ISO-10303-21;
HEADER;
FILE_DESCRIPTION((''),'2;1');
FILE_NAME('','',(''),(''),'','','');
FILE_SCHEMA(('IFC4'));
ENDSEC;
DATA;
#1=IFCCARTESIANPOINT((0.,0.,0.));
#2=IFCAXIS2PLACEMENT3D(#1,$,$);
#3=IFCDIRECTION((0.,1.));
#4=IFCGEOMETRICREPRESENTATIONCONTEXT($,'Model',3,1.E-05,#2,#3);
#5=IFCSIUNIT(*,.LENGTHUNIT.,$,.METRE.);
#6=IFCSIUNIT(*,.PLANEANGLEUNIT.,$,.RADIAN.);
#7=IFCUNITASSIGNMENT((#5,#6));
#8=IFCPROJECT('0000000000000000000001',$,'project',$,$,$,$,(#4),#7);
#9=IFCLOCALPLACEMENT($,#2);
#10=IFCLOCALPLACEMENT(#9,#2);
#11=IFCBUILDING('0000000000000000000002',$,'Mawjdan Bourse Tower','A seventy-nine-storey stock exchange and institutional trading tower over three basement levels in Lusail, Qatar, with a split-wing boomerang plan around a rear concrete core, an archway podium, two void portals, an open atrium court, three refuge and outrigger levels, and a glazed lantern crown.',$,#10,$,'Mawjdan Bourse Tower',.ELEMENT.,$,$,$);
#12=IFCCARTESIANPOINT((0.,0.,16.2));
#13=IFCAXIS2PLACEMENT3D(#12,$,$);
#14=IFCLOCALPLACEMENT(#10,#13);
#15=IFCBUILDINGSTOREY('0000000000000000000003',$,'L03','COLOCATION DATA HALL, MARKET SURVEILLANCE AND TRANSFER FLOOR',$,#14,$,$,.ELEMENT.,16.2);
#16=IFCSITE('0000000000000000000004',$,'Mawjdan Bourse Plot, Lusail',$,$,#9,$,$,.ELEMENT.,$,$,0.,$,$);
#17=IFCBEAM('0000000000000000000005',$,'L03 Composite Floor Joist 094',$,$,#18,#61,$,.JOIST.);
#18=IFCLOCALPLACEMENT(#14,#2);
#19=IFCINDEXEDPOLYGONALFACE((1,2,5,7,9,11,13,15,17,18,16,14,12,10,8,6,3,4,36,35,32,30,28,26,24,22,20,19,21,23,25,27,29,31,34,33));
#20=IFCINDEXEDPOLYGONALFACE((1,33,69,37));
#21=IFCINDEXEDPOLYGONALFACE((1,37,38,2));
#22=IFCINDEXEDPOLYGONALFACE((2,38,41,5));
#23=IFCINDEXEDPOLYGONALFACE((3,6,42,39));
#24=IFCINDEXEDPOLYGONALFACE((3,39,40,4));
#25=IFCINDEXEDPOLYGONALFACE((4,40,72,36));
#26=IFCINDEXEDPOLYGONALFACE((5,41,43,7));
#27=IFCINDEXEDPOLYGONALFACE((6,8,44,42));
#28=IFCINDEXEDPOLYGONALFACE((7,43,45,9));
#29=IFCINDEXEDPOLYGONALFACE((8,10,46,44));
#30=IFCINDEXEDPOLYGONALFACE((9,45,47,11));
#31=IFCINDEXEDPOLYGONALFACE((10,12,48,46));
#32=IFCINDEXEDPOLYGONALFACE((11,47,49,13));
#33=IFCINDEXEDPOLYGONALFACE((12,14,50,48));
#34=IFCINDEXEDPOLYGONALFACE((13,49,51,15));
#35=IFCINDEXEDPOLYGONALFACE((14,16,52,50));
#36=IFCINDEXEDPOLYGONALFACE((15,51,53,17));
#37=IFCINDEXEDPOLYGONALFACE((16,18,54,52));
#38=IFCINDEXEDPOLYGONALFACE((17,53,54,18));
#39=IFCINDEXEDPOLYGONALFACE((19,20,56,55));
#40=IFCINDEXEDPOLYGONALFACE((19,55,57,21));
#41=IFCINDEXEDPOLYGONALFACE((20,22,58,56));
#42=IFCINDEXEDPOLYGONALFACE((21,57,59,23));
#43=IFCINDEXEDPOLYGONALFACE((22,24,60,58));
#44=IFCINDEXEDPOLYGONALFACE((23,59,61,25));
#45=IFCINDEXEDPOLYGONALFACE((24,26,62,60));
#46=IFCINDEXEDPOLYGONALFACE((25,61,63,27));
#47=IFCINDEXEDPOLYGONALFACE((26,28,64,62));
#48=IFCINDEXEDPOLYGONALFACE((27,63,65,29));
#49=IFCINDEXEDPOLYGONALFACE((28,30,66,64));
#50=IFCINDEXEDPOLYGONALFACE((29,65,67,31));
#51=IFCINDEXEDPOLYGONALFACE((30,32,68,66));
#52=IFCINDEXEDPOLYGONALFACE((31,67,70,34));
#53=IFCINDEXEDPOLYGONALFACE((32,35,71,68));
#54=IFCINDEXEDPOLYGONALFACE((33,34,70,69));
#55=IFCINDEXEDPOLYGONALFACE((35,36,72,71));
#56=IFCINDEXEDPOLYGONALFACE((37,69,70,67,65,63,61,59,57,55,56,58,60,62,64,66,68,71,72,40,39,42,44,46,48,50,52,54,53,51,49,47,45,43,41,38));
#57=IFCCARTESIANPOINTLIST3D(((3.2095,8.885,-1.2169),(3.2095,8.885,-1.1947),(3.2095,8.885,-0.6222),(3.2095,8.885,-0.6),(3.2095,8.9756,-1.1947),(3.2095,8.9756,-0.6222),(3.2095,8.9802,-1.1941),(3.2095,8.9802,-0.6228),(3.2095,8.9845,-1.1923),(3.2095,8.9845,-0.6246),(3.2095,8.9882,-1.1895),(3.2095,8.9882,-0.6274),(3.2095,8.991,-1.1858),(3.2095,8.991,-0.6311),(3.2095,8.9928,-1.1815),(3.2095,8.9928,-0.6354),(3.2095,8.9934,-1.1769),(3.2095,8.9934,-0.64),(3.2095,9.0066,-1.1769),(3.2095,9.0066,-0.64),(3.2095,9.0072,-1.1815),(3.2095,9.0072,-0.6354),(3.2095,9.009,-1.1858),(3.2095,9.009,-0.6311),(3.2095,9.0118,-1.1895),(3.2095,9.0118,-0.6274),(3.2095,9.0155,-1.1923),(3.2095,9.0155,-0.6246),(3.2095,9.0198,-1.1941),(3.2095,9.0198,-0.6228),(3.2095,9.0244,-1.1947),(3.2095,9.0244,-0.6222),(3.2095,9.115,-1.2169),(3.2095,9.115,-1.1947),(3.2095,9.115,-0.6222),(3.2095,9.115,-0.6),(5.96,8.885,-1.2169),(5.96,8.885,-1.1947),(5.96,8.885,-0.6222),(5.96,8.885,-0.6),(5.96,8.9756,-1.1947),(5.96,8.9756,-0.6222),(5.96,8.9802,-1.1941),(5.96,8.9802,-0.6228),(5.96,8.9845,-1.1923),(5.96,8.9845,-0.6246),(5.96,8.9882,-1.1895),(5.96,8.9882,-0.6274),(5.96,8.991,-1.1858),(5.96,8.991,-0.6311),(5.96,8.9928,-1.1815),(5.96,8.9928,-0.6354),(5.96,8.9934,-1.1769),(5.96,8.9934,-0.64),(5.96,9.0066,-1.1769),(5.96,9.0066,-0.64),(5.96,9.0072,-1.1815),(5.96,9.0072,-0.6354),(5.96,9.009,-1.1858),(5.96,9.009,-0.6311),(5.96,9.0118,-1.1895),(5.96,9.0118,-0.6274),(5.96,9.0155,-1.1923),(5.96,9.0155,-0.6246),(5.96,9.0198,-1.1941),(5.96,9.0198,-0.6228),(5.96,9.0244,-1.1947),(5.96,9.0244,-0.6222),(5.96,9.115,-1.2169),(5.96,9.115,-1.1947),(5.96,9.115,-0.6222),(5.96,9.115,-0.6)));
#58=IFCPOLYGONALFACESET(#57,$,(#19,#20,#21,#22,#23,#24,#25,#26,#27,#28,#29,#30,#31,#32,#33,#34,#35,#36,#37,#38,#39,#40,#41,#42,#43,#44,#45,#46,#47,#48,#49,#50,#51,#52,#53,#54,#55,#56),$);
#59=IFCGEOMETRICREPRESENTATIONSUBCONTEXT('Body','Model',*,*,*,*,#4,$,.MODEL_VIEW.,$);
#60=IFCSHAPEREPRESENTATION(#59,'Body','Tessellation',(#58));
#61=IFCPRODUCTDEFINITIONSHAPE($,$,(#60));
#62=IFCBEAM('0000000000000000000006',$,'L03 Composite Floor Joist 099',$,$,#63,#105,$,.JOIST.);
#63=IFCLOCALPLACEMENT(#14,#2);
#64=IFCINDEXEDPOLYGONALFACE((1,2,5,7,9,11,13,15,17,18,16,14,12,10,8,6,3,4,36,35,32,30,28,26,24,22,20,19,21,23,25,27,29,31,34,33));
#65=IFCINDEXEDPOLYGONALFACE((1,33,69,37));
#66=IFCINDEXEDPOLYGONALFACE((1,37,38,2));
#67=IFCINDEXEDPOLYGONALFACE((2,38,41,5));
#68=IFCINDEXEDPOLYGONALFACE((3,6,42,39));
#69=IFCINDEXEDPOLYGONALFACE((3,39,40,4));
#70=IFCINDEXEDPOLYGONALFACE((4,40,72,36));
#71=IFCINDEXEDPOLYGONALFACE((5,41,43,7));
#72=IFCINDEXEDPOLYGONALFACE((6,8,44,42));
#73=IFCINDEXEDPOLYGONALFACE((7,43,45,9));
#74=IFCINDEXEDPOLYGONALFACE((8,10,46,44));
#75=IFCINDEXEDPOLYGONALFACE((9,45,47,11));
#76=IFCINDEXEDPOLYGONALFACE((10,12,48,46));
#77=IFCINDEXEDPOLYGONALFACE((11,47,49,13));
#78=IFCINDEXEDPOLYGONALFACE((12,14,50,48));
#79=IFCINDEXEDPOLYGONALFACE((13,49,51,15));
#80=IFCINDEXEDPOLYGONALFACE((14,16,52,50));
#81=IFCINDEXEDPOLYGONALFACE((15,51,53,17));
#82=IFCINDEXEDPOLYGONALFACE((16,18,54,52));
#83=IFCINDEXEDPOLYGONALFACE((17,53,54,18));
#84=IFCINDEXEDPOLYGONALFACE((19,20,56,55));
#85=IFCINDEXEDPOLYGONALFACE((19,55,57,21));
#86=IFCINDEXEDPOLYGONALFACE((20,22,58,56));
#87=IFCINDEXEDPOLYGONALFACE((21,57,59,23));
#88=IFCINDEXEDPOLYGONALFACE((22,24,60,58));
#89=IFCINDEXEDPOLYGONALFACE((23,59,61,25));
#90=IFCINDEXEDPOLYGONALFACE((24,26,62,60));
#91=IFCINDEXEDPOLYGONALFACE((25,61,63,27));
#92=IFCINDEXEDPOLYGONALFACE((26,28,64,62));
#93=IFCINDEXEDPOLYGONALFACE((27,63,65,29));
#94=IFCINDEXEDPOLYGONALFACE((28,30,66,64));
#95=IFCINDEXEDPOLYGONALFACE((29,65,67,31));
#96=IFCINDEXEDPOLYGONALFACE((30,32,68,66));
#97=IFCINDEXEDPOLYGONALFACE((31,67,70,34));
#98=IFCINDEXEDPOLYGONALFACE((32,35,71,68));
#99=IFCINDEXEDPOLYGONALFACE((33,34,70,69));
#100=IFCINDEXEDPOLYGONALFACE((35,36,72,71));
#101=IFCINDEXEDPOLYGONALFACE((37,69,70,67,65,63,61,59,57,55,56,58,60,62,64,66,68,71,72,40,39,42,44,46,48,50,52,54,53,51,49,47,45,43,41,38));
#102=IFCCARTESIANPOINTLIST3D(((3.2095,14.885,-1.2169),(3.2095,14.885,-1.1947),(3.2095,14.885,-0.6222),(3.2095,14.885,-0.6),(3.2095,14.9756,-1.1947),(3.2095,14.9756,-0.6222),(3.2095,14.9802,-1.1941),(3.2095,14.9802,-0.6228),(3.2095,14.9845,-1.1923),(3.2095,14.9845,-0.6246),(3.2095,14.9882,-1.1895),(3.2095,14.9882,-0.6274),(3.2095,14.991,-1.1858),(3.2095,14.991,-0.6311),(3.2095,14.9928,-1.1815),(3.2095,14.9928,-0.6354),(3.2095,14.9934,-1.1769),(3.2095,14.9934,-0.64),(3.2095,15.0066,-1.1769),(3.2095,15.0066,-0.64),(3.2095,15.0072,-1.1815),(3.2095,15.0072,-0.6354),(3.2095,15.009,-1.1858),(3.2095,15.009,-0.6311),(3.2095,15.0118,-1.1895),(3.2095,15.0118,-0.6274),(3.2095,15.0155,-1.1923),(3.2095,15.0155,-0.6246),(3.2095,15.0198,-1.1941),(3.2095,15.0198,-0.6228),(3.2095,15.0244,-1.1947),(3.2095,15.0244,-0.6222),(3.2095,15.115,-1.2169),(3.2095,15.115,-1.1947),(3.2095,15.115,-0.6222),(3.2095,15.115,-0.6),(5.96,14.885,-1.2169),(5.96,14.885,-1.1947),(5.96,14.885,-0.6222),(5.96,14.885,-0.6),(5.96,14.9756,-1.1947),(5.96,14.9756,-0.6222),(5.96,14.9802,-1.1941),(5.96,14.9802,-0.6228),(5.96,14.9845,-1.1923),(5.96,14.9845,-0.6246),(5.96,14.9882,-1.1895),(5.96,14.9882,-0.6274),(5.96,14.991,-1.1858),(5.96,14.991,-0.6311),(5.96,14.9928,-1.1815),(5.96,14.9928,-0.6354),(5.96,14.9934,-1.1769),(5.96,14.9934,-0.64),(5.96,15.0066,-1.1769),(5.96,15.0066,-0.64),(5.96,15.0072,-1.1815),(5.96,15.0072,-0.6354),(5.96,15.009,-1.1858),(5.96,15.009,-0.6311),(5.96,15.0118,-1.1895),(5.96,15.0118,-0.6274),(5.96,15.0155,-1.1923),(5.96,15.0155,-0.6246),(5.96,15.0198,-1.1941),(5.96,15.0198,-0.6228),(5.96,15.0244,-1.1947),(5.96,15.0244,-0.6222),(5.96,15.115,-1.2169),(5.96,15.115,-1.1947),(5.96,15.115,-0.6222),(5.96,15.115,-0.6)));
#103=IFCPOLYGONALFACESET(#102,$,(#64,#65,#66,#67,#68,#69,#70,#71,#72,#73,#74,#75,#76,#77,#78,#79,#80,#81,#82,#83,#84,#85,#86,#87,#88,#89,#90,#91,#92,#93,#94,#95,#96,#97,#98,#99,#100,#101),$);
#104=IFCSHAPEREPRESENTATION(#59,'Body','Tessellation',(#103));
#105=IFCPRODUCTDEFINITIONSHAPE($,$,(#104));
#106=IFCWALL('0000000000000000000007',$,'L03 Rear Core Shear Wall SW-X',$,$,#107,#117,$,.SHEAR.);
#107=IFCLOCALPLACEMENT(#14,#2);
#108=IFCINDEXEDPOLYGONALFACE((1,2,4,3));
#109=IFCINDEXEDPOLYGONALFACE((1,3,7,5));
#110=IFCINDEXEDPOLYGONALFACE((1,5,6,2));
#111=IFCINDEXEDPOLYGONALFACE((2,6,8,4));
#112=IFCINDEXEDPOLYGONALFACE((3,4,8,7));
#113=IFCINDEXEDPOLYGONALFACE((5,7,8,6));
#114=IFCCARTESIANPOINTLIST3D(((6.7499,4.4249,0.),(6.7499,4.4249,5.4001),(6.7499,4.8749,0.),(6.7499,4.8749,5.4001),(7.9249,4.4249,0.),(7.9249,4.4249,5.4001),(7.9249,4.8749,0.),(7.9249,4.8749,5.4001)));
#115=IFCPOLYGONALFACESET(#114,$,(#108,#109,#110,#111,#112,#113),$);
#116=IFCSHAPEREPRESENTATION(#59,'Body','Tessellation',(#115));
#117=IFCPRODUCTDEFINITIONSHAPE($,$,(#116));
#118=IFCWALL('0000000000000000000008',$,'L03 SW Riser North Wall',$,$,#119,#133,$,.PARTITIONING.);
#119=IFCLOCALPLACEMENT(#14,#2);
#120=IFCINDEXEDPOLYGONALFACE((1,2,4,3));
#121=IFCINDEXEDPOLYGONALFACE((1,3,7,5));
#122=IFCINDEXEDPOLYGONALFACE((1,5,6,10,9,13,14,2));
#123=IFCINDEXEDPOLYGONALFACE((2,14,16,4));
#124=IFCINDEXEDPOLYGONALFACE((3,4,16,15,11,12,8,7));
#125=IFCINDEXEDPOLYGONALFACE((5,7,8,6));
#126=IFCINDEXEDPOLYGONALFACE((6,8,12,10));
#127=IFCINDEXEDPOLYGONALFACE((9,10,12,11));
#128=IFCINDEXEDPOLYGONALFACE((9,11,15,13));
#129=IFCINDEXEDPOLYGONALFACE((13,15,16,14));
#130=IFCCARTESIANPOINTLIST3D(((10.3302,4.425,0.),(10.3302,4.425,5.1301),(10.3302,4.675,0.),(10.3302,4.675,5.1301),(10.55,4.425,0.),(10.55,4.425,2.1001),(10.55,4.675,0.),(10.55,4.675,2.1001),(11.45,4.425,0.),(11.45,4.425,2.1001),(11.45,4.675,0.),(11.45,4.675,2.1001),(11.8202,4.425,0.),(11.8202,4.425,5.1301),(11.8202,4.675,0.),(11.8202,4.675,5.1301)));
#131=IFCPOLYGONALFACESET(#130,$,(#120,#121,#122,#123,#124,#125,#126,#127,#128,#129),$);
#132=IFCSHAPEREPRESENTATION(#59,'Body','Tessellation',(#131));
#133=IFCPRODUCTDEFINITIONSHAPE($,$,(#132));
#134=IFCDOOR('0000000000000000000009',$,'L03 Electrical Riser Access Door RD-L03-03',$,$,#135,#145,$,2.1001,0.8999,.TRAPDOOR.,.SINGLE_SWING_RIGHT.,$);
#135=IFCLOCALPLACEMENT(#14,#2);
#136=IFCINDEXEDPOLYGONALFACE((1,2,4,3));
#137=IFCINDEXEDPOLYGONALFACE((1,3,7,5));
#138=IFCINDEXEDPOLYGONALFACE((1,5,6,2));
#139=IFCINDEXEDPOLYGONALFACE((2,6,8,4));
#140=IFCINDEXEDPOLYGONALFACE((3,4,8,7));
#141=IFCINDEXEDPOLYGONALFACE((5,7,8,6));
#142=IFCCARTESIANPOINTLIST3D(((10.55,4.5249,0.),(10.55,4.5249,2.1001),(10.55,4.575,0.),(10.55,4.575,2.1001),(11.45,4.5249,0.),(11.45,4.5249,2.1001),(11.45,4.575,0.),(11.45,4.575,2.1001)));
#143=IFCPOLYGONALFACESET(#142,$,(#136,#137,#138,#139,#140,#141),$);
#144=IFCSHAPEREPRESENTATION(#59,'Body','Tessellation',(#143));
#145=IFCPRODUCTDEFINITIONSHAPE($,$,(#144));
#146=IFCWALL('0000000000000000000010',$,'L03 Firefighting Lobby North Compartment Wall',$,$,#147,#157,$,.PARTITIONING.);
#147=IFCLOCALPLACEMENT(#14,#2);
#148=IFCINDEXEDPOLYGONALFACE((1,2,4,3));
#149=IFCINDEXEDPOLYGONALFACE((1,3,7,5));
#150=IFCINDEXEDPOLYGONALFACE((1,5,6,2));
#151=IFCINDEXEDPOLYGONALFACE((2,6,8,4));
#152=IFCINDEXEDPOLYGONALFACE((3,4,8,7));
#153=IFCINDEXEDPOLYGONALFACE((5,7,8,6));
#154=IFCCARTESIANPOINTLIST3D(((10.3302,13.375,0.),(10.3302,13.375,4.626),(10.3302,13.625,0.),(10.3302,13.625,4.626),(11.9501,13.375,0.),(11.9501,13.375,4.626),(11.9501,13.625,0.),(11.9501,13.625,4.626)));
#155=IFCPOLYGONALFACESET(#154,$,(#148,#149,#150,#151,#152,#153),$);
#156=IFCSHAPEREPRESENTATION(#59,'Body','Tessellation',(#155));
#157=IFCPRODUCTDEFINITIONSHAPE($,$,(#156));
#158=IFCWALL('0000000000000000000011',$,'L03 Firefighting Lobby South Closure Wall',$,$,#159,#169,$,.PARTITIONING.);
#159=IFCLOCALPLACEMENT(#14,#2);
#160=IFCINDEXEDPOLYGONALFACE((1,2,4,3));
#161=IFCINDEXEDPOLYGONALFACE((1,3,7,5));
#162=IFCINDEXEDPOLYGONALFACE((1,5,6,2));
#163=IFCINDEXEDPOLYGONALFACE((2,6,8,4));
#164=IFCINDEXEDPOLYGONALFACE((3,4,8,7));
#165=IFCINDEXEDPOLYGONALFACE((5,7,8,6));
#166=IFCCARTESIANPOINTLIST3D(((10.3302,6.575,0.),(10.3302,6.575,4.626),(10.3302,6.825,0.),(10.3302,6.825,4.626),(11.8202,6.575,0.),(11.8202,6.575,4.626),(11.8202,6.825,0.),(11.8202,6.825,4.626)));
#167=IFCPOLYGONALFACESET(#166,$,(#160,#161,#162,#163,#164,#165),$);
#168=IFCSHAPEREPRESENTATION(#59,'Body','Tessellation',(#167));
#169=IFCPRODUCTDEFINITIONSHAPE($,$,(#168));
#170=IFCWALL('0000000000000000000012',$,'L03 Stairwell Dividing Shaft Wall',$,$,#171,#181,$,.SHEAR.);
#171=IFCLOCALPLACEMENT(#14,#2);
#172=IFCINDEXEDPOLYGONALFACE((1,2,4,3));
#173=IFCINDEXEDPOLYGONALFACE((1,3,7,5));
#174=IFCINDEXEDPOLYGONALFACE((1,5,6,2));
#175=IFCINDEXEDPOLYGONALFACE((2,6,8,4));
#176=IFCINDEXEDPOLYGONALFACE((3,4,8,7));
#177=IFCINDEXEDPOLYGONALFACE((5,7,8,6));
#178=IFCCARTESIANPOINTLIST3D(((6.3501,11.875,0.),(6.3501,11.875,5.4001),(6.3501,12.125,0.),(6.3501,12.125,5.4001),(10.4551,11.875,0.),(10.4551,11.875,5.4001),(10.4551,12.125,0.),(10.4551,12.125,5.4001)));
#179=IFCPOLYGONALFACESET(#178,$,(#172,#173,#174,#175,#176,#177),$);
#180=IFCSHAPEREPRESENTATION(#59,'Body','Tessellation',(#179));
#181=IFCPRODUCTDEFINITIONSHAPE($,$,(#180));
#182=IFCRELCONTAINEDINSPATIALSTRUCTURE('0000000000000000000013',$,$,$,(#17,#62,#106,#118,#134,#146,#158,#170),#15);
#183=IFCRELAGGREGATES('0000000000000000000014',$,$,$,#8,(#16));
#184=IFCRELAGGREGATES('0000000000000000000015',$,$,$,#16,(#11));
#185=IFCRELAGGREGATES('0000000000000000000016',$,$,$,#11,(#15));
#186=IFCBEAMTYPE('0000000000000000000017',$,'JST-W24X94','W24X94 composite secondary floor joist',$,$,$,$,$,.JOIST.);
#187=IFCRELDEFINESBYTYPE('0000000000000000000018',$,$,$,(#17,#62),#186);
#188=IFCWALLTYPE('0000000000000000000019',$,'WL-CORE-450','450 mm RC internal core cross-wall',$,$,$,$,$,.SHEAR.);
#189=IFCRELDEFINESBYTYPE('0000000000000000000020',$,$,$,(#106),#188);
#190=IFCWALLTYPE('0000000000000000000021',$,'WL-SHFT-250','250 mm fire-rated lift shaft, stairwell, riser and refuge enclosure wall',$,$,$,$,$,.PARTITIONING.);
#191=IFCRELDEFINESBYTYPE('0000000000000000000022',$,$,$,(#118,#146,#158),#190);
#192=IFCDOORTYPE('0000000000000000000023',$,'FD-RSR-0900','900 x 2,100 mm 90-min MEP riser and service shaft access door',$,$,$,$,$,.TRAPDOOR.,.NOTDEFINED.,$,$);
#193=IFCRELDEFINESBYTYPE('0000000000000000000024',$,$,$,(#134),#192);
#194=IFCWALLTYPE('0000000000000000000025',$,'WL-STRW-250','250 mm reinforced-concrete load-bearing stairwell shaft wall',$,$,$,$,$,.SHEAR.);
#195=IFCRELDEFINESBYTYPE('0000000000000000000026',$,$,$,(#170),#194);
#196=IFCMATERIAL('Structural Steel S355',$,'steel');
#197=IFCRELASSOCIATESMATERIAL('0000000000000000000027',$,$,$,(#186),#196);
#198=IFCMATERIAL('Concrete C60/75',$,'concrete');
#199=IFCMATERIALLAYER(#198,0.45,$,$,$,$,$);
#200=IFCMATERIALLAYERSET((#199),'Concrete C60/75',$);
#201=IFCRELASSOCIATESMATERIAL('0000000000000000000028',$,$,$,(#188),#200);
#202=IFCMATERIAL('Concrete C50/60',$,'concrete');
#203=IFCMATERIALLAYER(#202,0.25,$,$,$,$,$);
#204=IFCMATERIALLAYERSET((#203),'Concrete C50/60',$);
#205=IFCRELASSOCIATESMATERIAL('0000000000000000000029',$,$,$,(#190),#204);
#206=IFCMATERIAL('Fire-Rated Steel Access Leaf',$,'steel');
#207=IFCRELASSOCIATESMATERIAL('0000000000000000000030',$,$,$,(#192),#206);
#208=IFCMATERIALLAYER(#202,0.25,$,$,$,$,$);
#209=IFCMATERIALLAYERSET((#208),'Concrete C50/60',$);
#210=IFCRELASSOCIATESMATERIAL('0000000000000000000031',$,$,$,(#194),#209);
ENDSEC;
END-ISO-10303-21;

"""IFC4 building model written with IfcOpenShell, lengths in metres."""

from ifc_helpers import new_model, si_unit, direction, frame, frame_2d, origin, origin_2d, place, context, subcontext, project, spatial, rectangle, i_section, extrude, material, layer, layer_set, material_profile, profile_set, type_object, element, fill, save


model = new_model("IFC4")

# Units and contexts
model_context = context("Model", 3, precision=1e-05, world=origin(), true_north=direction((0.0, 1.0)))
body_context = subcontext(model_context, "Body", "Model", "MODEL_VIEW")
ifc_project = project(units=[si_unit("LENGTHUNIT", "METRE"), si_unit("PLANEANGLEUNIT", "RADIAN")], contexts=[model_context])

# Site, building, storey
site_placement = place(None, origin())
site = spatial("IfcSite", under=ifc_project, at=site_placement, Name="Mawjdan Bourse Plot, Lusail", CompositionType="ELEMENT", RefElevation=0.0)
building_placement = place(site_placement, origin())
building = spatial("IfcBuilding", under=site, at=building_placement, Name="Mawjdan Bourse Tower", Description="A seventy-nine-storey stock exchange and institutional trading tower over three basement levels in Lusail, Qatar, with a split-wing boomerang plan around a rear concrete core, an archway podium, two void portals, an open atrium court, three refuge and outrigger levels, and a glazed lantern crown.", LongName="Mawjdan Bourse Tower", CompositionType="ELEMENT")
storey_placement = place(building_placement, frame((0.0, 0.0, 16.2)))
storey = spatial("IfcBuildingStorey", under=building, at=storey_placement, Name="L03", Description="COLOCATION DATA HALL, MARKET SURVEILLANCE AND TRANSFER FLOOR", CompositionType="ELEMENT", Elevation=16.2)

# Beams
ifc_material_1 = material(Name="Structural Steel S355", Category="steel")
ifc_material_profile_1 = material_profile(ifc_material_1, i_section(OverallWidth=0.23, OverallDepth=0.6169, WebThickness=0.0132, FlangeThickness=0.0222, FilletRadius=0.0178, at=origin_2d()), Name="W24X94")
ifc_profile_set_1 = profile_set([ifc_material_profile_1], Name="Structural Steel S355")
beam_type_1 = type_object("IfcBeamType", Name="JST-W24X94", Description="W24X94 composite secondary floor joist", PredefinedType="JOIST", material=ifc_profile_set_1)
for number, where, z_axis, x_axis, name in (
    (1, (3.2095, 9.0, -0.9084), (1.0, 0.0, 0.0), (0.0, 1.0, 0.0), "L03 Composite Floor Joist 094"),
    (2, (3.2095, 15.0, -0.9084), (1.0, 0.0, 0.0), (0.0, 1.0, 0.0), "L03 Composite Floor Joist 099"),
):
    element("IfcBeam", number, at=place(storey_placement, frame(where, z_axis=z_axis, x_axis=x_axis)), inside=storey, type_object=beam_type_1, Name=name, PredefinedType="JOIST", context=body_context, shape_type="SweptSolid", body=[
        extrude(i_section(OverallWidth=0.23, OverallDepth=0.6169, WebThickness=0.0132, FlangeThickness=0.0222, FilletRadius=0.0178, at=origin_2d()), origin(), (0.0, 0.0, 1.0), 2.7505),
    ])

# Wall
ifc_material_2 = material(Name="Concrete C60/75", Category="concrete")
ifc_layer_1 = layer(ifc_material_2, 0.45)
ifc_layer_set_1 = layer_set([ifc_layer_1], Name="Concrete C60/75")
wall_type_1 = type_object("IfcWallType", Name="WL-CORE-450", Description="450 mm RC internal core cross-wall", PredefinedType="SHEAR", material=ifc_layer_set_1)
wall_1_placement = place(storey_placement, frame((6.75, 4.6499, 0.0), z_axis=(0.0, 0.0, 1.0), x_axis=(1.0, 0.0, 0.0)))
element("IfcWall", 3, at=wall_1_placement, inside=storey, type_object=wall_type_1, Name="L03 Rear Core Shear Wall SW-X", PredefinedType="SHEAR", context=body_context, shape_type="SweptSolid", body=[
    extrude(rectangle(XDim=1.175, YDim=0.45, at=frame_2d((0.5874, 0.0))), origin(), (0.0, 0.0, 1.0), 5.4001),
])

# Wall, opening, door
ifc_material_3 = material(Name="Concrete C50/60", Category="concrete")
ifc_layer_2 = layer(ifc_material_3, 0.25)
ifc_layer_set_2 = layer_set([ifc_layer_2], Name="Concrete C50/60")
wall_type_2 = type_object("IfcWallType", Name="WL-SHFT-250", Description="250 mm fire-rated lift shaft, stairwell, riser and refuge enclosure wall", PredefinedType="PARTITIONING", material=ifc_layer_set_2)
wall_2_placement = place(storey_placement, frame((10.3301, 4.55, 0.0), z_axis=(0.0, 0.0, 1.0), x_axis=(1.0, 0.0, 0.0)))
wall_2 = element("IfcWall", 4, at=wall_2_placement, inside=storey, type_object=wall_type_2, Name="L03 SW Riser North Wall", PredefinedType="PARTITIONING", context=body_context, shape_type="SweptSolid", body=[
    extrude(rectangle(XDim=1.49, YDim=0.25, at=frame_2d((0.7451, 0.0))), origin(), (0.0, 0.0, 1.0), 5.1301),
])
opening_1_placement = place(wall_2_placement, frame((0.22, 0.0, 0.0)))
opening_1 = element("IfcOpeningElement", 5, at=opening_1_placement, cuts=wall_2, PredefinedType="OPENING", context=body_context, shape_type="SweptSolid", body=[
    extrude(rectangle(XDim=0.8999, YDim=2.1001, at=frame_2d((0.45, 1.05))), frame((0.0, 0.135, 0.0), z_axis=(0.0, -1.0, 0.0), x_axis=(1.0, 0.0, 0.0)), (0.0, 0.0, 1.0), 0.27),
])
ifc_material_4 = material(Name="Fire-Rated Steel Access Leaf", Category="steel")
door_type_1 = type_object("IfcDoorType", Name="FD-RSR-0900", Description="900 x 2,100 mm 90-min MEP riser and service shaft access door", OperationType="NOTDEFINED", PredefinedType="TRAPDOOR", material=ifc_material_4)
door_1_placement = place(opening_1_placement, origin())
door_1 = element("IfcDoor", 6, at=door_1_placement, inside=storey, type_object=door_type_1, Name="L03 Electrical Riser Access Door RD-L03-03", OperationType="SINGLE_SWING_RIGHT", OverallHeight=2.1001, OverallWidth=0.8999, PredefinedType="TRAPDOOR", context=body_context, shape_type="SweptSolid", body=[
    extrude(rectangle(XDim=0.8999, YDim=2.1001, at=frame_2d((0.45, 1.05))), frame((0.0, 0.0249, 0.0), z_axis=(0.0, -1.0, 0.0), x_axis=(1.0, 0.0, 0.0)), (0.0, 0.0, 1.0), 0.05),
])
fill(opening_1, door_1)

# Walls
wall_3_placement = place(storey_placement, frame((10.3301, 13.5, 0.0), z_axis=(0.0, 0.0, 1.0), x_axis=(1.0, 0.0, 0.0)))
element("IfcWall", 7, at=wall_3_placement, inside=storey, type_object=wall_type_2, Name="L03 Firefighting Lobby North Compartment Wall", PredefinedType="PARTITIONING", context=body_context, shape_type="SweptSolid", body=[
    extrude(rectangle(XDim=1.6199, YDim=0.25, at=frame_2d((0.8101, 0.0))), origin(), (0.0, 0.0, 1.0), 4.626),
])
wall_4_placement = place(storey_placement, frame((10.3301, 6.7, 0.0), z_axis=(0.0, 0.0, 1.0), x_axis=(1.0, 0.0, 0.0)))
element("IfcWall", 8, at=wall_4_placement, inside=storey, type_object=wall_type_2, Name="L03 Firefighting Lobby South Closure Wall", PredefinedType="PARTITIONING", context=body_context, shape_type="SweptSolid", body=[
    extrude(rectangle(XDim=1.49, YDim=0.25, at=frame_2d((0.7451, 0.0))), origin(), (0.0, 0.0, 1.0), 4.626),
])
ifc_layer_3 = layer(ifc_material_3, 0.25)
ifc_layer_set_3 = layer_set([ifc_layer_3], Name="Concrete C50/60")
wall_type_3 = type_object("IfcWallType", Name="WL-STRW-250", Description="250 mm reinforced-concrete load-bearing stairwell shaft wall", PredefinedType="SHEAR", material=ifc_layer_set_3)
wall_5_placement = place(storey_placement, frame((6.3501, 12.0, 0.0), z_axis=(0.0, 0.0, 1.0), x_axis=(1.0, 0.0, 0.0)))
element("IfcWall", 9, at=wall_5_placement, inside=storey, type_object=wall_type_3, Name="L03 Stairwell Dividing Shaft Wall", PredefinedType="SHEAR", context=body_context, shape_type="SweptSolid", body=[
    extrude(rectangle(XDim=4.105, YDim=0.25, at=frame_2d((2.0525, 0.0))), origin(), (0.0, 0.0, 1.0), 5.4001),
])

save(model, "model.ifc")
